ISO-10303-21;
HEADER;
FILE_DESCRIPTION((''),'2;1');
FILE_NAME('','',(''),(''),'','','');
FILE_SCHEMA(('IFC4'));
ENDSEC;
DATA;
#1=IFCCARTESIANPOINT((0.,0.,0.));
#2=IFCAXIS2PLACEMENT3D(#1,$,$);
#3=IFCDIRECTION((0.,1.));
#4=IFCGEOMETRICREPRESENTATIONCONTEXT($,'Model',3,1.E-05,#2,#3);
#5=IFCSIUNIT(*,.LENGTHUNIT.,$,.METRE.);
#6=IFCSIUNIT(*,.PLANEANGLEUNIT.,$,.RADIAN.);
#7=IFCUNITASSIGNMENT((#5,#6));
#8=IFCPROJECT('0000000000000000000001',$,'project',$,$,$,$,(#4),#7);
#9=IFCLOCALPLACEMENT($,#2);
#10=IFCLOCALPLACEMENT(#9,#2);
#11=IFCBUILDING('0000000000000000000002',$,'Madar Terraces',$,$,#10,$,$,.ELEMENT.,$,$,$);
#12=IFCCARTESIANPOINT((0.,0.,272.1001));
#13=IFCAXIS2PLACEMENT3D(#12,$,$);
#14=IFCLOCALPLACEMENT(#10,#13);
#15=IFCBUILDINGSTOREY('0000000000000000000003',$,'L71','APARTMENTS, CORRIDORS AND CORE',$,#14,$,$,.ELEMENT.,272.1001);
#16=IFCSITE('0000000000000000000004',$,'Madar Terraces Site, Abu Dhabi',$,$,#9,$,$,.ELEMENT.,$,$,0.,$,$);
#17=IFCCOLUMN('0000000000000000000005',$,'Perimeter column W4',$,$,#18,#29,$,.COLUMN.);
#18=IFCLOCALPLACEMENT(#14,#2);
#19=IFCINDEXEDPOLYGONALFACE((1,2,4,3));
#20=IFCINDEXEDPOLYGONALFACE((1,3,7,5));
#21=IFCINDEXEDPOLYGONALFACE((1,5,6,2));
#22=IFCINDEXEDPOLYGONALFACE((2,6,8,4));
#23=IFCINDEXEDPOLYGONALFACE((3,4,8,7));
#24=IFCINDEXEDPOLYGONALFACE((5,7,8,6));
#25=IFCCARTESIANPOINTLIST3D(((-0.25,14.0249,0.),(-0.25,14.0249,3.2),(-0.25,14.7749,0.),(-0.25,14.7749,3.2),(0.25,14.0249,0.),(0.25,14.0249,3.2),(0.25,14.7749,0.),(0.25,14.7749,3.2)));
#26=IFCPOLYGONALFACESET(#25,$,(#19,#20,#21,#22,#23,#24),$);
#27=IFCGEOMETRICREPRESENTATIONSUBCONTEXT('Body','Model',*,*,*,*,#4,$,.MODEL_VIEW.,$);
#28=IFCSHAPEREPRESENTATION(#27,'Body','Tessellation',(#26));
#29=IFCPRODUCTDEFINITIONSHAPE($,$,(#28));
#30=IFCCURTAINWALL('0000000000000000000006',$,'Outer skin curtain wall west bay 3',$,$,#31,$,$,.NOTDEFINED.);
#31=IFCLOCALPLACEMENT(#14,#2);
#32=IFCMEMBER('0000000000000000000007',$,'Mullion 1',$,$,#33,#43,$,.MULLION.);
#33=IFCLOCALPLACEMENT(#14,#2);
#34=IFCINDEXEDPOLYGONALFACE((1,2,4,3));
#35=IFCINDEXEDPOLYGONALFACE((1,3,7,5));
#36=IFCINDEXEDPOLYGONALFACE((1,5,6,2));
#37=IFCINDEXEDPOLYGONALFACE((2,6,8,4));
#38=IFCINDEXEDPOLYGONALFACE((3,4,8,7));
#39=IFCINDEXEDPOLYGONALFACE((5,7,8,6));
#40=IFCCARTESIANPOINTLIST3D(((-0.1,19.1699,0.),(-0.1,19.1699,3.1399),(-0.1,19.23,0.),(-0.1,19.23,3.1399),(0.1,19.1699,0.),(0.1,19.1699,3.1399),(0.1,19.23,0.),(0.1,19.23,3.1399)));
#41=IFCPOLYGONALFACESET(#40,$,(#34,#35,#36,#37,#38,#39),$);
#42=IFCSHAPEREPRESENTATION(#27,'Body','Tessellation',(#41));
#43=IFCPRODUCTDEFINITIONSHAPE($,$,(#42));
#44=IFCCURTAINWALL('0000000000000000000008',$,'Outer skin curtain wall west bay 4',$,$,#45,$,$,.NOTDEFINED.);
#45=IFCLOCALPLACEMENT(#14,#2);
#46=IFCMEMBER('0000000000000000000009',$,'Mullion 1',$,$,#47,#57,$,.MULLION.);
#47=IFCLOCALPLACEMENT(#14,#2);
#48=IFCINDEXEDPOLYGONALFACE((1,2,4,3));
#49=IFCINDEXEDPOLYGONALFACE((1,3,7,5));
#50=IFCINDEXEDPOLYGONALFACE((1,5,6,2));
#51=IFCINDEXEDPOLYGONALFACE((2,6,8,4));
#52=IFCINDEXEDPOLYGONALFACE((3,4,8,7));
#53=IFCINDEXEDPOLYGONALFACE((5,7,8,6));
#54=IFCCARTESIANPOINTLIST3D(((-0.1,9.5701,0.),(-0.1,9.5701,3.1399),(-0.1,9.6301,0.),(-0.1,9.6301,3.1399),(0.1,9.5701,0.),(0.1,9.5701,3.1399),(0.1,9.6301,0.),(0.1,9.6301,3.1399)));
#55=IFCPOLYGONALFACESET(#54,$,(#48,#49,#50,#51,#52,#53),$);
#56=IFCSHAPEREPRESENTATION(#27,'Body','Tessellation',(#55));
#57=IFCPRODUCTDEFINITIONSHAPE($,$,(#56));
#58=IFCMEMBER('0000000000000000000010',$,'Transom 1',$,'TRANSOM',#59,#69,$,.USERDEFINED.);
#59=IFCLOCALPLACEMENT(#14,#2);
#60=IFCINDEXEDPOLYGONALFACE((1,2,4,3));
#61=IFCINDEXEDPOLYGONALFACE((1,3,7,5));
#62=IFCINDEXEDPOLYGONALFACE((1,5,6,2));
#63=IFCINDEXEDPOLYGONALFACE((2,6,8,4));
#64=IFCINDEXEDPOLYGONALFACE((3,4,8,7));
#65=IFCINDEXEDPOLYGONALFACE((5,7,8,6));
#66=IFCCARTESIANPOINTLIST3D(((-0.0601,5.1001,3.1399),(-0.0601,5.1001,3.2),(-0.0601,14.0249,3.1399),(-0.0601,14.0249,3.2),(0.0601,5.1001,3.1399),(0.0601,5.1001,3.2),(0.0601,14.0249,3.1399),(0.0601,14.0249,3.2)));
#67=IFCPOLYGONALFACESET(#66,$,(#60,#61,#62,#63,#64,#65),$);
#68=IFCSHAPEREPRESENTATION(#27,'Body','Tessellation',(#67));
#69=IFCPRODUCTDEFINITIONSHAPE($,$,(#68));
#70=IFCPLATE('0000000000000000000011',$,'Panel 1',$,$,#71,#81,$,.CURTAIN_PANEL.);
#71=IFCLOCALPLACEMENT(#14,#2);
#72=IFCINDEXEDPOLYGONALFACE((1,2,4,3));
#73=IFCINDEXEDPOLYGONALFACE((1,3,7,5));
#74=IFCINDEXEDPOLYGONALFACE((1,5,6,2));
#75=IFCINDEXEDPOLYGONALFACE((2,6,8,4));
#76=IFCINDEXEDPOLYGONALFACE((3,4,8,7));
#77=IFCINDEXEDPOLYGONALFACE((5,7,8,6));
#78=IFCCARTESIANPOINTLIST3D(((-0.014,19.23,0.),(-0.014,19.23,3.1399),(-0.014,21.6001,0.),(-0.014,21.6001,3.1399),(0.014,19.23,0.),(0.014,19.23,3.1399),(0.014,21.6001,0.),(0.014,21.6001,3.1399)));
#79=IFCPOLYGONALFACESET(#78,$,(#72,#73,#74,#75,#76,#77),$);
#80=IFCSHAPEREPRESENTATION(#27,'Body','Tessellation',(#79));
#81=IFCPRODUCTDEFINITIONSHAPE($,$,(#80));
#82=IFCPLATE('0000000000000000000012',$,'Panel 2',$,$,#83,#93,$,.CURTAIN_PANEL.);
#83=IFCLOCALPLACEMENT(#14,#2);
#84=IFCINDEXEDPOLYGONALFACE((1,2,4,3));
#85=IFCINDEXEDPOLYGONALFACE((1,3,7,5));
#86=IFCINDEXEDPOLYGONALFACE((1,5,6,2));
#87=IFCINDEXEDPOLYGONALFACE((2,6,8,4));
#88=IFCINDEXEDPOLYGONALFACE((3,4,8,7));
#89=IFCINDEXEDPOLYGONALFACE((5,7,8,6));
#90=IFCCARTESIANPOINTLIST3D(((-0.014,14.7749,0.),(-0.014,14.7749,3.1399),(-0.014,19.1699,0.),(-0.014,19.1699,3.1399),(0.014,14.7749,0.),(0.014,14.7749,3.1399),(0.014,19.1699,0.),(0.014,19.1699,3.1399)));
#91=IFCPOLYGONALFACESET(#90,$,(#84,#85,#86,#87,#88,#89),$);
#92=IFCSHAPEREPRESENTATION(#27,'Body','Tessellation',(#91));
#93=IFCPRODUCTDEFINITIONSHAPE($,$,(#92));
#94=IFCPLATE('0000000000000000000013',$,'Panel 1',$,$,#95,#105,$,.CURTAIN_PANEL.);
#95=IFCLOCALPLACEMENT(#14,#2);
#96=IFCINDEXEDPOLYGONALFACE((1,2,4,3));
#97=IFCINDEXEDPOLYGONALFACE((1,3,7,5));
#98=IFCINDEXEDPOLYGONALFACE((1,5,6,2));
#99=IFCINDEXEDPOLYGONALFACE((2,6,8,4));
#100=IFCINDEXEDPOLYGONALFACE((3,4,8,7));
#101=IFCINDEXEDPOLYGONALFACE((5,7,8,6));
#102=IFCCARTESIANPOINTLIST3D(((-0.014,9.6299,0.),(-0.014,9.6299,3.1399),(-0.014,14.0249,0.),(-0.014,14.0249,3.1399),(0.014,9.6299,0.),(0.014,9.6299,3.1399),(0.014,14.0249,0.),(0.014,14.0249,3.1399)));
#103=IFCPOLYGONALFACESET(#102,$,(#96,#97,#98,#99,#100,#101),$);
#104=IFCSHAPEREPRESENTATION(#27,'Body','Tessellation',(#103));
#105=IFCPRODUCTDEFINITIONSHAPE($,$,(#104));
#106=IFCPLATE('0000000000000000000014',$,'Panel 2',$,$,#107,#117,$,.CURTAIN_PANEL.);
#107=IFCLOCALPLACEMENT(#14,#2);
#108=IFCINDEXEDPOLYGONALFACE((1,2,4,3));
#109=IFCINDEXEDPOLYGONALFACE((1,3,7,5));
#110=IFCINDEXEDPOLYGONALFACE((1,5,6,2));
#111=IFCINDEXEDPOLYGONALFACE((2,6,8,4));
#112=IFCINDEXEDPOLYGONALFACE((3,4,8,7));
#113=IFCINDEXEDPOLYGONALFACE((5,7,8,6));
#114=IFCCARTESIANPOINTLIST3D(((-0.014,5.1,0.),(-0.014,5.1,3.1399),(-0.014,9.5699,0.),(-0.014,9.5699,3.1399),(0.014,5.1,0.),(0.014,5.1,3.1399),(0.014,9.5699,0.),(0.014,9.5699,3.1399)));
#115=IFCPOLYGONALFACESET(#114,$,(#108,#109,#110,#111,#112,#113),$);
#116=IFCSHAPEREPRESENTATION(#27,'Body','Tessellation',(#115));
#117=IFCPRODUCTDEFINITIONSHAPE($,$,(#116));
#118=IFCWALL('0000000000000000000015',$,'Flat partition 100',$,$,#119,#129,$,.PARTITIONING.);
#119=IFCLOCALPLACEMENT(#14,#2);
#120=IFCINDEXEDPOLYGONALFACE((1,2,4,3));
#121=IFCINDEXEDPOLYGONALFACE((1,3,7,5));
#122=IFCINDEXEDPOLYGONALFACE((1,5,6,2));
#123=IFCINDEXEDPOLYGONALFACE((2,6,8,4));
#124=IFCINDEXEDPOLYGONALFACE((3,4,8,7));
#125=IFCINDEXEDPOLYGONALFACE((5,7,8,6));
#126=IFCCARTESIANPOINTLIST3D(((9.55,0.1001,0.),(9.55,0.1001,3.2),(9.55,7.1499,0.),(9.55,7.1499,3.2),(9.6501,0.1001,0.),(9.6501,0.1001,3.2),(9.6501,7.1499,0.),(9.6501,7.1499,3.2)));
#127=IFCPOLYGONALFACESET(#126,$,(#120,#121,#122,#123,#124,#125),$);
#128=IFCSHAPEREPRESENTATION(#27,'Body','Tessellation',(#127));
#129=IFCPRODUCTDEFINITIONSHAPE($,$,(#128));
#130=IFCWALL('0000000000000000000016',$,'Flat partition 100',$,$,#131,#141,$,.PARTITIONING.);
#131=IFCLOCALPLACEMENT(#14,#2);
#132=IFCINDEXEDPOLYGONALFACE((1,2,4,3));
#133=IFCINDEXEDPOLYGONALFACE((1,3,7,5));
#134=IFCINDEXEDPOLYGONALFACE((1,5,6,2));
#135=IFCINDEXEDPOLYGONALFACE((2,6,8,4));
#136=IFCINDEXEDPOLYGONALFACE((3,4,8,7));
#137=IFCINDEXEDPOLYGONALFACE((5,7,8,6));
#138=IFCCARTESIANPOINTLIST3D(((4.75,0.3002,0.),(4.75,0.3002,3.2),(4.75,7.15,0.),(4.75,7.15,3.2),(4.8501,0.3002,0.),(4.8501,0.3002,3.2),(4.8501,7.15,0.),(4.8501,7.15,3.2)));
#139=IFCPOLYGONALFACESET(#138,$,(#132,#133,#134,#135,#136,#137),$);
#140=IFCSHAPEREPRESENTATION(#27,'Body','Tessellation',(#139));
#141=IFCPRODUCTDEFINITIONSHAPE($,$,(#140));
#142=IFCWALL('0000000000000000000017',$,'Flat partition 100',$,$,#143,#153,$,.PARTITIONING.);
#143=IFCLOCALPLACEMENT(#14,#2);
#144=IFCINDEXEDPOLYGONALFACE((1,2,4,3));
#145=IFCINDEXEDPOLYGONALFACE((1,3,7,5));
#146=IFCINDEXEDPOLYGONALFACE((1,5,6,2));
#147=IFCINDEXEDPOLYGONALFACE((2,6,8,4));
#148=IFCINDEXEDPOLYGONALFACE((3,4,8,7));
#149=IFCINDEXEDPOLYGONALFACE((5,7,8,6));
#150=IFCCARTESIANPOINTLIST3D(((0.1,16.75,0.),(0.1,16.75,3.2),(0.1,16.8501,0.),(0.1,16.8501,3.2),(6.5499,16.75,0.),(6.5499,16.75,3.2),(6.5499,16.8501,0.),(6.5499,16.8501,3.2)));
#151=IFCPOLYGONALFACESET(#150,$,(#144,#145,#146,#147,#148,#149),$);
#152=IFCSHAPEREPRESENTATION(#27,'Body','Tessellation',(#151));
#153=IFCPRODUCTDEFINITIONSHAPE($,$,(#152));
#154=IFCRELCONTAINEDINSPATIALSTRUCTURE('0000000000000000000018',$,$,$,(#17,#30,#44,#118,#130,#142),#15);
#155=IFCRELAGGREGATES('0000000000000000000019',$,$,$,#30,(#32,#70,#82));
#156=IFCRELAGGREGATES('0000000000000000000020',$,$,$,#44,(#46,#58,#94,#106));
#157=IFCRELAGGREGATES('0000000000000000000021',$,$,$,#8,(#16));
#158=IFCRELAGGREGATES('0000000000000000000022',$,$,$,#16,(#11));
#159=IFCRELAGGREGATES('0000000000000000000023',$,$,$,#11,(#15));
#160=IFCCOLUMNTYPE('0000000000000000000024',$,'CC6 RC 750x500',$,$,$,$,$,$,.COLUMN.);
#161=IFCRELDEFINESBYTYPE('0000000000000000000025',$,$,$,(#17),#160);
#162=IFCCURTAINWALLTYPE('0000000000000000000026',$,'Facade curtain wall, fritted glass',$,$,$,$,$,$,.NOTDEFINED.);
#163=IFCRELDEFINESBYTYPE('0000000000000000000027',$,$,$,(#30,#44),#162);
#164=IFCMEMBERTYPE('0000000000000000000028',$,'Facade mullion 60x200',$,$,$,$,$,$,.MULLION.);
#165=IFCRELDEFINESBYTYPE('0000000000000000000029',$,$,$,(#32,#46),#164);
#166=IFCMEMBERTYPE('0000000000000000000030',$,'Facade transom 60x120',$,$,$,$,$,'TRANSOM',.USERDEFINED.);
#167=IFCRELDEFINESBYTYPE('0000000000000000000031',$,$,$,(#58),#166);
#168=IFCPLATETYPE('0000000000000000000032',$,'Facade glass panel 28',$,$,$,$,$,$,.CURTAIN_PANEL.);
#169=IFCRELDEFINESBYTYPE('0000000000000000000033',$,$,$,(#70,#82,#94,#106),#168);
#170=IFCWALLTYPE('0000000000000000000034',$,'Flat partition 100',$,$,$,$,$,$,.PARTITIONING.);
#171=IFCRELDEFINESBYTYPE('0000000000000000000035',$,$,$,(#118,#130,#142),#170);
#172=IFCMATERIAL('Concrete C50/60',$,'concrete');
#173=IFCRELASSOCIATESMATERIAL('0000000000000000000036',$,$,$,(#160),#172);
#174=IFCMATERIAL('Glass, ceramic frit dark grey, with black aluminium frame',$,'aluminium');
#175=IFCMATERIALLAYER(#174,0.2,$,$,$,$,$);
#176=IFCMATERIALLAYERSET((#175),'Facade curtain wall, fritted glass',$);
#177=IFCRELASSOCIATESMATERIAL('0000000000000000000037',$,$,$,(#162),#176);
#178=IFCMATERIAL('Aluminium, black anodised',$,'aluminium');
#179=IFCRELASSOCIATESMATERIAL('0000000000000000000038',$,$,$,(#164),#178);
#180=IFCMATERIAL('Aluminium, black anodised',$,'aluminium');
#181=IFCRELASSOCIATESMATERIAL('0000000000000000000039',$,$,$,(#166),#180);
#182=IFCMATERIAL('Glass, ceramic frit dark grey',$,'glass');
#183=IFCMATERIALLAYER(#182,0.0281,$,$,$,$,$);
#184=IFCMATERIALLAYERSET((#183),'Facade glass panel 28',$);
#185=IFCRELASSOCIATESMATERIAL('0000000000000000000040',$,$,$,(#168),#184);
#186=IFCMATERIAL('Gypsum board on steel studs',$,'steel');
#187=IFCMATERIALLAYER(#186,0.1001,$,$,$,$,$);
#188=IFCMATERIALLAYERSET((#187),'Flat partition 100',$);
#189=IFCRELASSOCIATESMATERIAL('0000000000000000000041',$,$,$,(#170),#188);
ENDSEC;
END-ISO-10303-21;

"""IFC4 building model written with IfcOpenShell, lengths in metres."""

from ifc_helpers import new_model, si_unit, direction, frame, frame_2d, origin, origin_2d, place, context, subcontext, project, spatial, rectangle, extrude, material, layer, layer_set, material_profile, profile_set, type_object, element, aggregate, save


model = new_model("IFC4")

# Units and contexts
model_context = context("Model", 3, precision=1e-05, world=origin(), true_north=direction((0.0, 1.0)))
body_context = subcontext(model_context, "Body", "Model", "MODEL_VIEW")
ifc_project = project(units=[si_unit("LENGTHUNIT", "METRE"), si_unit("PLANEANGLEUNIT", "RADIAN")], contexts=[model_context])

# Site, building, storey
site_placement = place(None, origin())
site = spatial("IfcSite", under=ifc_project, at=site_placement, Name="Madar Terraces Site, Abu Dhabi", CompositionType="ELEMENT", RefElevation=0.0)
building_placement = place(site_placement, origin())
building = spatial("IfcBuilding", under=site, at=building_placement, Name="Madar Terraces", CompositionType="ELEMENT")
storey_placement = place(building_placement, frame((0.0, 0.0, 272.1001)))
storey = spatial("IfcBuildingStorey", under=building, at=storey_placement, Name="L71", Description="APARTMENTS, CORRIDORS AND CORE", CompositionType="ELEMENT", Elevation=272.1001)

# Column
ifc_material_1 = material(Name="Concrete C50/60", Category="concrete")
ifc_material_profile_1 = material_profile(ifc_material_1, rectangle(XDim=0.75, YDim=0.5, at=origin_2d()), Name="CC6 RC 750x500")
ifc_profile_set_1 = profile_set([ifc_material_profile_1], Name="Concrete C50/60")
column_type = type_object("IfcColumnType", Name="CC6 RC 750x500", PredefinedType="COLUMN", material=ifc_profile_set_1)
column_placement = place(storey_placement, frame((0.0, 14.3999, 0.0), z_axis=(0.0, 0.0, 1.0), x_axis=(0.0, 1.0, 0.0)))
element("IfcColumn", 1, at=column_placement, inside=storey, type_object=column_type, Name="Perimeter column W4", PredefinedType="COLUMN", context=body_context, shape_type="SweptSolid", body=[
    extrude(rectangle(XDim=0.75, YDim=0.5, at=origin_2d()), origin(), (0.0, 0.0, 1.0), 3.2),
])

# Curtain wall, member
ifc_material_2 = material(Name="Glass, ceramic frit dark grey, with black aluminium frame", Category="aluminium")
ifc_layer_1 = layer(ifc_material_2, 0.2)
ifc_layer_set_1 = layer_set([ifc_layer_1], Name="Facade curtain wall, fritted glass")
curtain_wall_type = type_object("IfcCurtainWallType", Name="Facade curtain wall, fritted glass", PredefinedType="NOTDEFINED", material=ifc_layer_set_1)
curtain_wall_1_placement = place(storey_placement, origin())
curtain_wall_1 = element("IfcCurtainWall", 2, at=curtain_wall_1_placement, inside=storey, type_object=curtain_wall_type, Name="Outer skin curtain wall west bay 3", PredefinedType="NOTDEFINED")
ifc_material_3 = material(Name="Aluminium, black anodised", Category="aluminium")
ifc_material_profile_2 = material_profile(ifc_material_3, rectangle(XDim=0.2, YDim=0.0601, at=origin_2d()), Name="Facade mullion 60x200")
ifc_profile_set_2 = profile_set([ifc_material_profile_2], Name="Aluminium, black anodised")
member_type_1 = type_object("IfcMemberType", Name="Facade mullion 60x200", PredefinedType="MULLION", material=ifc_profile_set_2)
member_1_placement = place(storey_placement, frame((0.0, 19.2, 0.0), z_axis=(0.0, 0.0, 1.0), x_axis=(1.0, 0.0, 0.0)))
member_1 = element("IfcMember", 3, at=member_1_placement, type_object=member_type_1, Name="Mullion 1", PredefinedType="MULLION", context=body_context, shape_type="SweptSolid", body=[
    extrude(rectangle(XDim=0.2, YDim=0.0601, at=origin_2d()), origin(), (0.0, 0.0, 1.0), 3.1399),
])

# Curtain wall, members
curtain_wall_2_placement = place(storey_placement, origin())
curtain_wall_2 = element("IfcCurtainWall", 4, at=curtain_wall_2_placement, inside=storey, type_object=curtain_wall_type, Name="Outer skin curtain wall west bay 4", PredefinedType="NOTDEFINED")
member_2_placement = place(storey_placement, frame((0.0, 9.6001, 0.0), z_axis=(0.0, 0.0, 1.0), x_axis=(1.0, 0.0, 0.0)))
member_2 = element("IfcMember", 5, at=member_2_placement, type_object=member_type_1, Name="Mullion 1", PredefinedType="MULLION", context=body_context, shape_type="SweptSolid", body=[
    extrude(rectangle(XDim=0.2, YDim=0.0601, at=origin_2d()), origin(), (0.0, 0.0, 1.0), 3.1399),
])
ifc_material_4 = material(Name="Aluminium, black anodised", Category="aluminium")
ifc_material_profile_3 = material_profile(ifc_material_4, rectangle(XDim=0.1201, YDim=0.0601, at=origin_2d()), Name="Facade transom 60x120")
ifc_profile_set_3 = profile_set([ifc_material_profile_3], Name="Aluminium, black anodised")
member_type_2 = type_object("IfcMemberType", Name="Facade transom 60x120", ElementType="TRANSOM", PredefinedType="USERDEFINED", material=ifc_profile_set_3)
member_3_placement = place(storey_placement, frame((0.0, 14.0249, 3.1699), z_axis=(0.0, -1.0, 0.0), x_axis=(1.0, 0.0, 0.0)))
member_3 = element("IfcMember", 6, at=member_3_placement, type_object=member_type_2, Name="Transom 1", ObjectType="TRANSOM", PredefinedType="USERDEFINED", context=body_context, shape_type="SweptSolid", body=[
    extrude(rectangle(XDim=0.1201, YDim=0.0601, at=origin_2d()), origin(), (0.0, 0.0, 1.0), 8.9248),
])

# Plates
ifc_material_5 = material(Name="Glass, ceramic frit dark grey", Category="glass")
ifc_layer_2 = layer(ifc_material_5, 0.0281)
ifc_layer_set_2 = layer_set([ifc_layer_2], Name="Facade glass panel 28")
plate_type = type_object("IfcPlateType", Name="Facade glass panel 28", PredefinedType="CURTAIN_PANEL", material=ifc_layer_set_2)
plate_1_placement = place(storey_placement, frame((0.0, 20.415, 0.0), z_axis=(0.0, 0.0, 1.0), x_axis=(0.0, -1.0, 0.0)))
plate_1 = element("IfcPlate", 7, at=plate_1_placement, type_object=plate_type, Name="Panel 1", PredefinedType="CURTAIN_PANEL", context=body_context, shape_type="SweptSolid", body=[
    extrude(rectangle(XDim=2.3701, YDim=0.0281, at=origin_2d()), origin(), (0.0, 0.0, 1.0), 3.1399),
])
plate_2_placement = place(storey_placement, frame((0.0, 16.9724, 0.0), z_axis=(0.0, 0.0, 1.0), x_axis=(0.0, -1.0, 0.0)))
plate_2 = element("IfcPlate", 8, at=plate_2_placement, type_object=plate_type, Name="Panel 2", PredefinedType="CURTAIN_PANEL", context=body_context, shape_type="SweptSolid", body=[
    extrude(rectangle(XDim=4.395, YDim=0.0281, at=origin_2d()), origin(), (0.0, 0.0, 1.0), 3.1399),
])
aggregate(curtain_wall_1, [member_1, plate_1, plate_2])
plate_3_placement = place(storey_placement, frame((0.0, 11.8274, 0.0), z_axis=(0.0, 0.0, 1.0), x_axis=(0.0, -1.0, 0.0)))
plate_3 = element("IfcPlate", 9, at=plate_3_placement, type_object=plate_type, Name="Panel 1", PredefinedType="CURTAIN_PANEL", context=body_context, shape_type="SweptSolid", body=[
    extrude(rectangle(XDim=4.395, YDim=0.0281, at=origin_2d()), origin(), (0.0, 0.0, 1.0), 3.1399),
])
plate_4_placement = place(storey_placement, frame((0.0, 7.335, 0.0), z_axis=(0.0, 0.0, 1.0), x_axis=(0.0, -1.0, 0.0)))
plate_4 = element("IfcPlate", 10, at=plate_4_placement, type_object=plate_type, Name="Panel 2", PredefinedType="CURTAIN_PANEL", context=body_context, shape_type="SweptSolid", body=[
    extrude(rectangle(XDim=4.47, YDim=0.0281, at=origin_2d()), origin(), (0.0, 0.0, 1.0), 3.1399),
])
aggregate(curtain_wall_2, [member_2, member_3, plate_3, plate_4])

# Walls
ifc_material_6 = material(Name="Gypsum board on steel studs", Category="steel")
ifc_layer_3 = layer(ifc_material_6, 0.1001)
ifc_layer_set_3 = layer_set([ifc_layer_3], Name="Flat partition 100")
wall_type_1 = type_object("IfcWallType", Name="Flat partition 100", PredefinedType="PARTITIONING", material=ifc_layer_set_3)
wall_1_placement = place(storey_placement, frame((9.6001, 7.1499, 0.0), z_axis=(0.0, 0.0, 1.0), x_axis=(0.0, -1.0, 0.0)))
element("IfcWall", 11, at=wall_1_placement, inside=storey, type_object=wall_type_1, Name="Flat partition 100", PredefinedType="PARTITIONING", context=body_context, shape_type="SweptSolid", body=[
    extrude(rectangle(XDim=7.0498, YDim=0.1001, at=frame_2d((3.5249, 0.0))), origin(), (0.0, 0.0, 1.0), 3.2),
])
wall_2_placement = place(storey_placement, frame((4.8, 7.1499, 0.0), z_axis=(0.0, 0.0, 1.0), x_axis=(0.0, -1.0, 0.0)))
element("IfcWall", 12, at=wall_2_placement, inside=storey, type_object=wall_type_1, Name="Flat partition 100", PredefinedType="PARTITIONING", context=body_context, shape_type="SweptSolid", body=[
    extrude(rectangle(XDim=6.8499, YDim=0.1001, at=frame_2d((3.4248, 0.0))), origin(), (0.0, 0.0, 1.0), 3.2),
])
wall_3_placement = place(storey_placement, frame((6.55, 16.8, 0.0), z_axis=(0.0, 0.0, 1.0), x_axis=(-1.0, 0.0, 0.0)))
element("IfcWall", 13, at=wall_3_placement, inside=storey, type_object=wall_type_1, Name="Flat partition 100", PredefinedType="PARTITIONING", context=body_context, shape_type="SweptSolid", body=[
    extrude(rectangle(XDim=6.45, YDim=0.1001, at=frame_2d((3.2251, 0.0))), origin(), (0.0, 0.0, 1.0), 3.2),
])

save(model, "model.ifc")
